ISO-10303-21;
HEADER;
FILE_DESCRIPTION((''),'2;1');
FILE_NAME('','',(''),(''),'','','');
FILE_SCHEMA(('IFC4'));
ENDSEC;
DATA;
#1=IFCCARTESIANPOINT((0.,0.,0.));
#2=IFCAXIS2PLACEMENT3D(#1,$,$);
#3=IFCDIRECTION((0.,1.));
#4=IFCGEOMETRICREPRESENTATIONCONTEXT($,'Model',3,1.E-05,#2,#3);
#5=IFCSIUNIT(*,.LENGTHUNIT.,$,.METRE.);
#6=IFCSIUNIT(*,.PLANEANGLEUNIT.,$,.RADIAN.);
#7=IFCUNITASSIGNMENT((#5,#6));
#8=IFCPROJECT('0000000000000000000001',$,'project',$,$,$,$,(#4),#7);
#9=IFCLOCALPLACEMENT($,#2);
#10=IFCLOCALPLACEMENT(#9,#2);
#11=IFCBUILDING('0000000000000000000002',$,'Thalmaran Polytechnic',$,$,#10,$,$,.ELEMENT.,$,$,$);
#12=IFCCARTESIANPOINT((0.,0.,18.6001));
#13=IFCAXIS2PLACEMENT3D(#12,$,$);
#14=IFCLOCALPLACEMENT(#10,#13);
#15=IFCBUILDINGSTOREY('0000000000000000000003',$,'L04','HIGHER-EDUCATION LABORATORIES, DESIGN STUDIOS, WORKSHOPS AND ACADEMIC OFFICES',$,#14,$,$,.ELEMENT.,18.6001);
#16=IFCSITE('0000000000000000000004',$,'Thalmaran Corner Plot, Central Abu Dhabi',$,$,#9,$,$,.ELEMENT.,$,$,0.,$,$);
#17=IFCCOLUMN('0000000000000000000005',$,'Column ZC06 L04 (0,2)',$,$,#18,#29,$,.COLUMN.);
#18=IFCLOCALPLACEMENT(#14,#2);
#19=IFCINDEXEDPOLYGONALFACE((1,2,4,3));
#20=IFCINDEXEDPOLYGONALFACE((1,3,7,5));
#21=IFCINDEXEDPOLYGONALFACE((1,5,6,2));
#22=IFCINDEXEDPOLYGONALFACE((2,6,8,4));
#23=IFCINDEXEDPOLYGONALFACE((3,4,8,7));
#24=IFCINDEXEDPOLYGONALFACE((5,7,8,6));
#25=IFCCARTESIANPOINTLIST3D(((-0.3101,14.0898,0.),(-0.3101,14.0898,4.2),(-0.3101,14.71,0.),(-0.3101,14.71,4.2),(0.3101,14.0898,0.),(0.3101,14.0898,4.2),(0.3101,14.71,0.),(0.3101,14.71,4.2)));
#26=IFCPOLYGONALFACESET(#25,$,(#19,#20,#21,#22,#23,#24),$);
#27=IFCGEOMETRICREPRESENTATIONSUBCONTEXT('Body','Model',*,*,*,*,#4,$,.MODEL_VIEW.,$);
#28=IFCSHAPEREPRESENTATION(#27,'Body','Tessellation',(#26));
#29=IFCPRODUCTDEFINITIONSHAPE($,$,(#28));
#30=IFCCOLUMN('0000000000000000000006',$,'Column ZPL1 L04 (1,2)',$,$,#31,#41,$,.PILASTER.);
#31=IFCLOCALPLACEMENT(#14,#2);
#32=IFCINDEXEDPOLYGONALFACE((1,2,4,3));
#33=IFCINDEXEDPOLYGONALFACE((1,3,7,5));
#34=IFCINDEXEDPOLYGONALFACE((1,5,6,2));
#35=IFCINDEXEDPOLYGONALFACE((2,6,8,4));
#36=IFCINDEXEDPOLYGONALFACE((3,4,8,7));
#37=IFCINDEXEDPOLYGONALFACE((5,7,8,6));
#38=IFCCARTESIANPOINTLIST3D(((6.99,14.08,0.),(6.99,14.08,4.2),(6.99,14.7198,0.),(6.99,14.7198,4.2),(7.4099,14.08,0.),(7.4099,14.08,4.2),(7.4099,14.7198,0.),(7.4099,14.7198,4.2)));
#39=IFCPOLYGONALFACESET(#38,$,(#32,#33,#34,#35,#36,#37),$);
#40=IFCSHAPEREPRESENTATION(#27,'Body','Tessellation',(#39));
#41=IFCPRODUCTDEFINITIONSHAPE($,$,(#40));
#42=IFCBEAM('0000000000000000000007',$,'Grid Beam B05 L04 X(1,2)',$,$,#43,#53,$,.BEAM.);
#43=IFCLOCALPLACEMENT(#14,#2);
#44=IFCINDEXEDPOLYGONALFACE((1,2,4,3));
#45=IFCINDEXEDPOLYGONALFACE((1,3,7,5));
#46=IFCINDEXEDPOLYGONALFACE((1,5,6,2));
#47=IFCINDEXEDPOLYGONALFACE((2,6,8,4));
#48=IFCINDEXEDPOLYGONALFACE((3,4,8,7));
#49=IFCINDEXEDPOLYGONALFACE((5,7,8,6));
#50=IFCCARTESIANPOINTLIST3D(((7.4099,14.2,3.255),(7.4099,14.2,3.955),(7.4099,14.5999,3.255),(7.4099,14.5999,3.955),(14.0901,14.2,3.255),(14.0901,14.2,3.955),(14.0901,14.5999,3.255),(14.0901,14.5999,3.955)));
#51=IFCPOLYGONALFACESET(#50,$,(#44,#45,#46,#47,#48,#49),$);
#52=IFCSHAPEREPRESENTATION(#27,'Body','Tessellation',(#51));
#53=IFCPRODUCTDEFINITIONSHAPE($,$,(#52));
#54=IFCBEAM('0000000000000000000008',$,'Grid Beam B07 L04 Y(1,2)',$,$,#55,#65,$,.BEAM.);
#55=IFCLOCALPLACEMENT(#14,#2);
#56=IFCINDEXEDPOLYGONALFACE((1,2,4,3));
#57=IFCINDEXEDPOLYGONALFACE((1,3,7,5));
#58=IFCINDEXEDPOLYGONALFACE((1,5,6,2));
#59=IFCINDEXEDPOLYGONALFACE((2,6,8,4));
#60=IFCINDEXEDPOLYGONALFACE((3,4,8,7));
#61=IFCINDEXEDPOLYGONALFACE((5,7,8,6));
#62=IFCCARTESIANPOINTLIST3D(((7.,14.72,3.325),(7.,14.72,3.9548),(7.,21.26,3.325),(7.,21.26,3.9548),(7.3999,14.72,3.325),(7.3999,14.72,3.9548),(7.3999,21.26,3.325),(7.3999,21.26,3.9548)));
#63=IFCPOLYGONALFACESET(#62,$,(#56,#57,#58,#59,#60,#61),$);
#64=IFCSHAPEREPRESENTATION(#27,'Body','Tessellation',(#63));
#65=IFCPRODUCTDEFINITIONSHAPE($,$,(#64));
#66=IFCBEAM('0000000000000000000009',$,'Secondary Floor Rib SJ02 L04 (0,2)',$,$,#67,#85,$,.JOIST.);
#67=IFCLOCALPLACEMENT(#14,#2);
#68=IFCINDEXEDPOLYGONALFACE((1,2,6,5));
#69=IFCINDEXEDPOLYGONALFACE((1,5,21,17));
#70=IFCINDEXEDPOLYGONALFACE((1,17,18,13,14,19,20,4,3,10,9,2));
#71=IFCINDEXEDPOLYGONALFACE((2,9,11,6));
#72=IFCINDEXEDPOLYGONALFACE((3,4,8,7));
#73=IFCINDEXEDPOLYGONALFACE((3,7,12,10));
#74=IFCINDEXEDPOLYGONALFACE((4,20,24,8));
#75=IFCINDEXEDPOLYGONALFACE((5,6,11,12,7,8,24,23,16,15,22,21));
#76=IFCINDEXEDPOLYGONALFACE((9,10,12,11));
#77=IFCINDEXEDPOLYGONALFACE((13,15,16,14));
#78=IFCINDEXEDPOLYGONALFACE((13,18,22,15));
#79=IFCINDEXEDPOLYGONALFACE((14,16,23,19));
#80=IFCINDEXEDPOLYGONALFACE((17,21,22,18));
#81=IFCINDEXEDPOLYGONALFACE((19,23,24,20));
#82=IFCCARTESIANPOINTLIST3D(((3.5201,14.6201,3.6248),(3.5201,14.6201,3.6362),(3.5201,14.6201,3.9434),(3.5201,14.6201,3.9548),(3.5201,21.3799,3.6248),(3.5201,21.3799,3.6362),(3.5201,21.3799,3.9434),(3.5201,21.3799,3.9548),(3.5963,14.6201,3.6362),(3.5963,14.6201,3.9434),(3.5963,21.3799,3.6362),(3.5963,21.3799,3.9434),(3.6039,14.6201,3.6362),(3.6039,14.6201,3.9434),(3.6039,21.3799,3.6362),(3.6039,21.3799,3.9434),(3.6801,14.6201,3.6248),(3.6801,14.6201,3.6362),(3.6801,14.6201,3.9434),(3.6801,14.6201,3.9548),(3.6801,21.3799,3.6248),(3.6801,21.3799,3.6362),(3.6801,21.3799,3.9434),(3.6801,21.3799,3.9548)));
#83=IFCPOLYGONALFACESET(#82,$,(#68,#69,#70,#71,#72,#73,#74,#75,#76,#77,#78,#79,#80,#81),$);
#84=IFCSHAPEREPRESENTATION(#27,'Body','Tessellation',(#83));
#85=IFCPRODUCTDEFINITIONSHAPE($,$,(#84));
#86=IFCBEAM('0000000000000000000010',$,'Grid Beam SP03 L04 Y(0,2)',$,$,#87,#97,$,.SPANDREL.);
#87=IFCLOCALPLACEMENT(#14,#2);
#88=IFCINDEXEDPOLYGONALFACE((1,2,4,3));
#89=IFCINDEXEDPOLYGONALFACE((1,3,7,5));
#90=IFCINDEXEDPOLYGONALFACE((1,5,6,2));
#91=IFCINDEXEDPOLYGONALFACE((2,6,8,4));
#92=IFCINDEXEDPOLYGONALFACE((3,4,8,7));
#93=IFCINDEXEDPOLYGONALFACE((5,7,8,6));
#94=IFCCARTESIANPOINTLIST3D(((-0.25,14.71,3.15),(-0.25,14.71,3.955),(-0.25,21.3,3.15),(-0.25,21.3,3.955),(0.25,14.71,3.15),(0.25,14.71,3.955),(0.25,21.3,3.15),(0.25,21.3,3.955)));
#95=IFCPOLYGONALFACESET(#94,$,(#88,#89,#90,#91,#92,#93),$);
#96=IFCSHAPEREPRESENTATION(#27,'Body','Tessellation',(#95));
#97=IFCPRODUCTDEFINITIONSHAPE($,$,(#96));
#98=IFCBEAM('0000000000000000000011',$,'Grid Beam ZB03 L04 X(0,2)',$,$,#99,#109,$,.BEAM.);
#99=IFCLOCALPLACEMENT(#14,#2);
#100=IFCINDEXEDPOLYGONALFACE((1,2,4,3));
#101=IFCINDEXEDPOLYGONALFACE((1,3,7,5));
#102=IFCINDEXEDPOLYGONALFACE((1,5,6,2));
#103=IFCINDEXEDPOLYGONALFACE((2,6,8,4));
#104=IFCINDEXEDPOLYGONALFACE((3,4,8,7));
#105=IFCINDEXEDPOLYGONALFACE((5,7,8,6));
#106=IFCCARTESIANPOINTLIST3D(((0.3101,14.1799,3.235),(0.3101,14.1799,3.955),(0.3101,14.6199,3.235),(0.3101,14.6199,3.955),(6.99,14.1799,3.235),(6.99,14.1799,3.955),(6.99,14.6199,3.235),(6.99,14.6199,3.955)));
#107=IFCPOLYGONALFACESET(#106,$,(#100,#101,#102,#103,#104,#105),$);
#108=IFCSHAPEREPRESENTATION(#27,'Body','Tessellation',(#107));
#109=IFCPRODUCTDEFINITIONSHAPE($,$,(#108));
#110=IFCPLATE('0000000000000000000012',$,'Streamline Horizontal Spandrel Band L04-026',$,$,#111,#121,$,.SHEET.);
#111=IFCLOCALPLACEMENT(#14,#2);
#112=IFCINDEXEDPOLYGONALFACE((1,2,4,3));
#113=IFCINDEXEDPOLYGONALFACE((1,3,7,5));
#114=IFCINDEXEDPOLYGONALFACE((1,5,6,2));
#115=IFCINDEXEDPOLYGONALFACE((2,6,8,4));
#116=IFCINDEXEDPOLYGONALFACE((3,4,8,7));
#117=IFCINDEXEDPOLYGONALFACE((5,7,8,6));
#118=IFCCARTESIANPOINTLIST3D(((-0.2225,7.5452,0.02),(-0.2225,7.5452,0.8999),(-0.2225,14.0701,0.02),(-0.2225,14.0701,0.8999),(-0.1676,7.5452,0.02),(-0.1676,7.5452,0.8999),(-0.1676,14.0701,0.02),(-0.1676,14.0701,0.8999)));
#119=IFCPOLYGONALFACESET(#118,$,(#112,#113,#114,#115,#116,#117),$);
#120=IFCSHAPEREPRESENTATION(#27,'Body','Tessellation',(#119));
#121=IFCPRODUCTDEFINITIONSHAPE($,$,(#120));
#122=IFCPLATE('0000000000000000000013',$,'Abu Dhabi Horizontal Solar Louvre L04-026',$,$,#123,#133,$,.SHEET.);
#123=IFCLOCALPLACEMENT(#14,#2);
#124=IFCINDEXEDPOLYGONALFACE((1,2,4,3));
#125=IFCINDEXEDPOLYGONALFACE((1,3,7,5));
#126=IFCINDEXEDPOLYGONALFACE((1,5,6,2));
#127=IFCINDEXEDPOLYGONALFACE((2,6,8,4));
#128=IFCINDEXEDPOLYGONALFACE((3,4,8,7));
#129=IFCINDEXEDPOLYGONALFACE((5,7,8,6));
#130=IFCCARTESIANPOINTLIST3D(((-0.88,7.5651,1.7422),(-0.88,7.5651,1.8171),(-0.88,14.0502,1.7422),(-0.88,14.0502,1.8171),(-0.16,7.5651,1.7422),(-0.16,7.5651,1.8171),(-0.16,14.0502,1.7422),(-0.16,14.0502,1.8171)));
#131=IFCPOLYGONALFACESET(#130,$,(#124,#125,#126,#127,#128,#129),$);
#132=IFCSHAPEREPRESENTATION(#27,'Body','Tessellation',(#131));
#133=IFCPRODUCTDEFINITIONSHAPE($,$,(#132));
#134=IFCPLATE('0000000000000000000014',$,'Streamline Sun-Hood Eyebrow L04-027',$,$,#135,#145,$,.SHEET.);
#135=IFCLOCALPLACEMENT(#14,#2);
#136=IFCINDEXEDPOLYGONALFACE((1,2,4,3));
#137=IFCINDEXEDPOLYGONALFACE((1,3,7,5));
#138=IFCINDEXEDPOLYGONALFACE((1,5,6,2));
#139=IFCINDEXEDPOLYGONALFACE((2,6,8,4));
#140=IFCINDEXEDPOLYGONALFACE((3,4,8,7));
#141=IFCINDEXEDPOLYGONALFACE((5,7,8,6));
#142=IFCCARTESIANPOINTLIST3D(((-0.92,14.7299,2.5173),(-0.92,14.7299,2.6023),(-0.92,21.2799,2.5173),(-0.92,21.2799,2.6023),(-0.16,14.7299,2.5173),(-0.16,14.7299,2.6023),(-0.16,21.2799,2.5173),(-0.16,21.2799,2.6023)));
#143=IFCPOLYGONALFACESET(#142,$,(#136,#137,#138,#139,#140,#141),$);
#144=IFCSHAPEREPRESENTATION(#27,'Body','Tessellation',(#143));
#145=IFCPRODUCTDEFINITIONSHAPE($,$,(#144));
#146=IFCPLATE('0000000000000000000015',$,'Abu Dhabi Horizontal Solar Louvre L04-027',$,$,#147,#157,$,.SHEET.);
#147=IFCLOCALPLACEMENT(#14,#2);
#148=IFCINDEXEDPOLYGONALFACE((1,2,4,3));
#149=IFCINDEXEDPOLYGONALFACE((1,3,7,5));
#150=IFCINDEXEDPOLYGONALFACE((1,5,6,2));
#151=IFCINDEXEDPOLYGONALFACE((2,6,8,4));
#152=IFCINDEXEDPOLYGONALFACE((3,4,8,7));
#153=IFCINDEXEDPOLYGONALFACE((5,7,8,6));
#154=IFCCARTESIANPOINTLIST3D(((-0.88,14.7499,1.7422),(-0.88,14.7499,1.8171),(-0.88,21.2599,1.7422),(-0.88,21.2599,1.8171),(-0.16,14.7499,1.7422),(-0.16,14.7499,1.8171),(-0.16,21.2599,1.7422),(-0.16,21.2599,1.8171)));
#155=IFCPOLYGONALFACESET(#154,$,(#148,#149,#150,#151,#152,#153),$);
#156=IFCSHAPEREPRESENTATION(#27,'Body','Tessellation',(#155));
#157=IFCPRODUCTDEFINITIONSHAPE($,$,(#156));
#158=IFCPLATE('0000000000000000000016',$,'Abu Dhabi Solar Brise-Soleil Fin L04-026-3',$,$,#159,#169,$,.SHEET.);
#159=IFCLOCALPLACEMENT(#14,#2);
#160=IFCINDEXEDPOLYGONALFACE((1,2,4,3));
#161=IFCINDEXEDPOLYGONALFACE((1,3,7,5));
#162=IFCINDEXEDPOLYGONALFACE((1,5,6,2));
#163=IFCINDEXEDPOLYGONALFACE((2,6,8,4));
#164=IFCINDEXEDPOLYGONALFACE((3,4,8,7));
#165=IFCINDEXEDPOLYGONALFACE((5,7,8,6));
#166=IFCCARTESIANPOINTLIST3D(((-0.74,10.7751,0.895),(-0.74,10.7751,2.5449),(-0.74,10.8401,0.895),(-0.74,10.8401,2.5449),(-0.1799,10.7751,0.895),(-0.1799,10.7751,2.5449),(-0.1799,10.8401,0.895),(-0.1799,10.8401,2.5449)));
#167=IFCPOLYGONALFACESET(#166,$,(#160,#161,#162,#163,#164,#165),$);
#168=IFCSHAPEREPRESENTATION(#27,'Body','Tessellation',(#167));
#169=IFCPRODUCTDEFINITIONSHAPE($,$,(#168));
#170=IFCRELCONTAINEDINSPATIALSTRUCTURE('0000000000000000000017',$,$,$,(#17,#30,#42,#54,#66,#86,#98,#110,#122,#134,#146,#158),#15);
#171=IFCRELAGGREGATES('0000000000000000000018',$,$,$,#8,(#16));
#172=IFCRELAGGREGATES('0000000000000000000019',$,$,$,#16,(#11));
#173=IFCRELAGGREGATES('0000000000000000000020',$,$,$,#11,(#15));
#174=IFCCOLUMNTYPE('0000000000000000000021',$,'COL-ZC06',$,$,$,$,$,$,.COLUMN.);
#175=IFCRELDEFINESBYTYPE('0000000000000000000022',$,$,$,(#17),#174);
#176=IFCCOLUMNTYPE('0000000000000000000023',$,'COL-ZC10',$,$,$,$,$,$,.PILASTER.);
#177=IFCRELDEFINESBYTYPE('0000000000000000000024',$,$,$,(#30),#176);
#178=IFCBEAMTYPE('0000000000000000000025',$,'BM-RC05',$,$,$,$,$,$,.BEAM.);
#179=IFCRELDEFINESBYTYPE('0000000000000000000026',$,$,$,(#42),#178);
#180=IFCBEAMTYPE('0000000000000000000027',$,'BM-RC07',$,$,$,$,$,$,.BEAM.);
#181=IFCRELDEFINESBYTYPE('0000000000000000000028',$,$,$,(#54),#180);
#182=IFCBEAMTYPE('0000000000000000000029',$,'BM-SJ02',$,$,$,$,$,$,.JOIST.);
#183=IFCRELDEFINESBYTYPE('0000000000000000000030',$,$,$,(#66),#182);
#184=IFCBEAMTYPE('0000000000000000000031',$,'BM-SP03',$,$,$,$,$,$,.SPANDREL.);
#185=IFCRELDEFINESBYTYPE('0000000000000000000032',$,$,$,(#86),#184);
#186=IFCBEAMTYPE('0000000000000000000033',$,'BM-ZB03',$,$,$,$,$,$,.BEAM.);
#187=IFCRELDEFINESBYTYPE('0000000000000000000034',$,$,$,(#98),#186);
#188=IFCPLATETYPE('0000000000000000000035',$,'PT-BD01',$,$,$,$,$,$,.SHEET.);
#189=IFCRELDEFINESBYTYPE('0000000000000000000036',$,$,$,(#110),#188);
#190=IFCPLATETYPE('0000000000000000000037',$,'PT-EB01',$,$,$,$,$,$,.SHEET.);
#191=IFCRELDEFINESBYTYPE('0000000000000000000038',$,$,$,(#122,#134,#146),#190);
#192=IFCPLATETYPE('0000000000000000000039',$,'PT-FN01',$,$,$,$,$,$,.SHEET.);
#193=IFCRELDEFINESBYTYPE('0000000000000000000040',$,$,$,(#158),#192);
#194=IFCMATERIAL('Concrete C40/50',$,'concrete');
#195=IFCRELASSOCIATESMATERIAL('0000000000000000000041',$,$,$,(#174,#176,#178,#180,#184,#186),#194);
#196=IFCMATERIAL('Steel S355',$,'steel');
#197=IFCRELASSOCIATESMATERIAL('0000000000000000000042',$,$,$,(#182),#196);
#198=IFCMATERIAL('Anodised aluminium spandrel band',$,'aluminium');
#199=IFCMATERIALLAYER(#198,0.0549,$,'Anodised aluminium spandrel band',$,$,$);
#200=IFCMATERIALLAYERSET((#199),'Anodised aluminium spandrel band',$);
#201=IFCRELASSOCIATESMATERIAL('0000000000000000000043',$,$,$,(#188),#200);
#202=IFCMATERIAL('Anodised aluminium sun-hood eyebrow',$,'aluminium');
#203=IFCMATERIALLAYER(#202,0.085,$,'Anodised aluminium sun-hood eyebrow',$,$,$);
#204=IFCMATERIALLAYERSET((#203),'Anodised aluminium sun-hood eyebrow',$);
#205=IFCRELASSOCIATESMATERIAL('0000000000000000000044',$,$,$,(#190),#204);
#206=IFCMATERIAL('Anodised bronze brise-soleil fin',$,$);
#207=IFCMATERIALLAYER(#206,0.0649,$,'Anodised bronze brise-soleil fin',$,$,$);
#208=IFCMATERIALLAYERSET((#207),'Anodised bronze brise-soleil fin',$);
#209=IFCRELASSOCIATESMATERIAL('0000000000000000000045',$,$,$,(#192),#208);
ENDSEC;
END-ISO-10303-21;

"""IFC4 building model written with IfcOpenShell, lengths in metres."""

from ifc_helpers import new_model, si_unit, direction, frame, origin, origin_2d, place, context, subcontext, project, spatial, rectangle, i_section, extrude, material, layer, layer_set, material_profile, profile_set, type_object, element, save


model = new_model("IFC4")

# Units and contexts
model_context = context("Model", 3, precision=1e-05, world=origin(), true_north=direction((0.0, 1.0)))
body_context = subcontext(model_context, "Body", "Model", "MODEL_VIEW")
ifc_project = project(units=[si_unit("LENGTHUNIT", "METRE"), si_unit("PLANEANGLEUNIT", "RADIAN")], contexts=[model_context])

# Site, building, storey
site_placement = place(None, origin())
site = spatial("IfcSite", under=ifc_project, at=site_placement, Name="Thalmaran Corner Plot, Central Abu Dhabi", CompositionType="ELEMENT", RefElevation=0.0)
building_placement = place(site_placement, origin())
building = spatial("IfcBuilding", under=site, at=building_placement, Name="Thalmaran Polytechnic", CompositionType="ELEMENT")
storey_placement = place(building_placement, frame((0.0, 0.0, 18.6001)))
storey = spatial("IfcBuildingStorey", under=building, at=storey_placement, Name="L04", Description="HIGHER-EDUCATION LABORATORIES, DESIGN STUDIOS, WORKSHOPS AND ACADEMIC OFFICES", CompositionType="ELEMENT", Elevation=18.6001)

# Columns
ifc_material_1 = material(Name="Concrete C40/50", Category="concrete")
ifc_material_profile_1 = material_profile(ifc_material_1, rectangle(XDim=0.6201, YDim=0.6201, at=origin_2d()), Name="RC 620x620")
ifc_profile_set_1 = profile_set([ifc_material_profile_1], Name="Concrete C40/50")
column_type_1 = type_object("IfcColumnType", Name="COL-ZC06", PredefinedType="COLUMN", material=ifc_profile_set_1)
column_1_placement = place(storey_placement, frame((0.0, 14.3999, 0.0), z_axis=(0.0, 0.0, 1.0), x_axis=(1.0, 0.0, 0.0)))
element("IfcColumn", 1, at=column_1_placement, inside=storey, type_object=column_type_1, Name="Column ZC06 L04 (0,2)", PredefinedType="COLUMN", context=body_context, shape_type="SweptSolid", body=[
    extrude(rectangle(XDim=0.6201, YDim=0.6201, at=origin_2d()), origin(), (0.0, 0.0, 1.0), 4.2),
])
ifc_material_profile_2 = material_profile(ifc_material_1, rectangle(XDim=0.4199, YDim=0.6399, at=origin_2d()), Name="RC 420x640")
ifc_profile_set_2 = profile_set([ifc_material_profile_2], Name="Concrete C40/50")
column_type_2 = type_object("IfcColumnType", Name="COL-ZC10", PredefinedType="PILASTER", material=ifc_profile_set_2)
column_2_placement = place(storey_placement, frame((7.2, 14.3999, 0.0), z_axis=(0.0, 0.0, 1.0), x_axis=(1.0, 0.0, 0.0)))
element("IfcColumn", 2, at=column_2_placement, inside=storey, type_object=column_type_2, Name="Column ZPL1 L04 (1,2)", PredefinedType="PILASTER", context=body_context, shape_type="SweptSolid", body=[
    extrude(rectangle(XDim=0.4199, YDim=0.6399, at=origin_2d()), origin(), (0.0, 0.0, 1.0), 4.2),
])

# Beams
ifc_material_profile_3 = material_profile(ifc_material_1, rectangle(XDim=0.3999, YDim=0.7, at=origin_2d()), Name="RC 400x700")
ifc_profile_set_3 = profile_set([ifc_material_profile_3], Name="Concrete C40/50")
beam_type_1 = type_object("IfcBeamType", Name="BM-RC05", PredefinedType="BEAM", material=ifc_profile_set_3)
beam_1_placement = place(storey_placement, frame((7.4099, 14.3999, 3.605), z_axis=(1.0, 0.0, 0.0), x_axis=(0.0, 1.0, 0.0)))
element("IfcBeam", 3, at=beam_1_placement, inside=storey, type_object=beam_type_1, Name="Grid Beam B05 L04 X(1,2)", PredefinedType="BEAM", context=body_context, shape_type="SweptSolid", body=[
    extrude(rectangle(XDim=0.3999, YDim=0.7, at=origin_2d()), origin(), (0.0, 0.0, 1.0), 6.6802),
])
ifc_material_profile_4 = material_profile(ifc_material_1, rectangle(XDim=0.3999, YDim=0.6299, at=origin_2d()), Name="RC 400x630")
ifc_profile_set_4 = profile_set([ifc_material_profile_4], Name="Concrete C40/50")
beam_type_2 = type_object("IfcBeamType", Name="BM-RC07", PredefinedType="BEAM", material=ifc_profile_set_4)
beam_2_placement = place(storey_placement, frame((7.2, 14.72, 3.6399), z_axis=(0.0, 1.0, 0.0), x_axis=(-1.0, 0.0, 0.0)))
element("IfcBeam", 4, at=beam_2_placement, inside=storey, type_object=beam_type_2, Name="Grid Beam B07 L04 Y(1,2)", PredefinedType="BEAM", context=body_context, shape_type="SweptSolid", body=[
    extrude(rectangle(XDim=0.3999, YDim=0.6299, at=origin_2d()), origin(), (0.0, 0.0, 1.0), 6.54),
])
ifc_material_2 = material(Name="Steel S355", Category="steel")
ifc_material_profile_5 = material_profile(ifc_material_2, i_section(OverallWidth=0.1599, OverallDepth=0.3301, WebThickness=0.0076, FlangeThickness=0.0115, at=origin_2d()), Name="IPE 330")
ifc_profile_set_5 = profile_set([ifc_material_profile_5], Name="Steel S355")
beam_type_3 = type_object("IfcBeamType", Name="BM-SJ02", PredefinedType="JOIST", material=ifc_profile_set_5)
beam_3_placement = place(storey_placement, frame((3.6001, 14.6201, 3.7898), z_axis=(0.0, 1.0, 0.0), x_axis=(-1.0, 0.0, 0.0)))
element("IfcBeam", 5, at=beam_3_placement, inside=storey, type_object=beam_type_3, Name="Secondary Floor Rib SJ02 L04 (0,2)", PredefinedType="JOIST", context=body_context, shape_type="SweptSolid", body=[
    extrude(i_section(OverallWidth=0.1599, OverallDepth=0.3301, WebThickness=0.0076, FlangeThickness=0.0115, at=origin_2d()), origin(), (0.0, 0.0, 1.0), 6.7598),
])
ifc_material_profile_6 = material_profile(ifc_material_1, rectangle(XDim=0.5, YDim=0.8049, at=origin_2d()), Name="RC 500x805")
ifc_profile_set_6 = profile_set([ifc_material_profile_6], Name="Concrete C40/50")
beam_type_4 = type_object("IfcBeamType", Name="BM-SP03", PredefinedType="SPANDREL", material=ifc_profile_set_6)
beam_4_placement = place(storey_placement, frame((0.0, 14.71, 3.5525), z_axis=(0.0, 1.0, 0.0), x_axis=(-1.0, 0.0, 0.0)))
element("IfcBeam", 6, at=beam_4_placement, inside=storey, type_object=beam_type_4, Name="Grid Beam SP03 L04 Y(0,2)", PredefinedType="SPANDREL", context=body_context, shape_type="SweptSolid", body=[
    extrude(rectangle(XDim=0.5, YDim=0.8049, at=origin_2d()), origin(), (0.0, 0.0, 1.0), 6.5901),
])
ifc_material_profile_7 = material_profile(ifc_material_1, rectangle(XDim=0.4399, YDim=0.72, at=origin_2d()), Name="RC 440x720")
ifc_profile_set_7 = profile_set([ifc_material_profile_7], Name="Concrete C40/50")
beam_type_5 = type_object("IfcBeamType", Name="BM-ZB03", PredefinedType="BEAM", material=ifc_profile_set_7)
beam_5_placement = place(storey_placement, frame((0.3101, 14.3999, 3.595), z_axis=(1.0, 0.0, 0.0), x_axis=(0.0, 1.0, 0.0)))
element("IfcBeam", 7, at=beam_5_placement, inside=storey, type_object=beam_type_5, Name="Grid Beam ZB03 L04 X(0,2)", PredefinedType="BEAM", context=body_context, shape_type="SweptSolid", body=[
    extrude(rectangle(XDim=0.4399, YDim=0.72, at=origin_2d()), origin(), (0.0, 0.0, 1.0), 6.6799),
])

# Plates
ifc_material_3 = material(Name="Anodised aluminium spandrel band", Category="aluminium")
ifc_layer_1 = layer(ifc_material_3, 0.0549, Name="Anodised aluminium spandrel band")
ifc_layer_set_1 = layer_set([ifc_layer_1], Name="Anodised aluminium spandrel band")
plate_type_1 = type_object("IfcPlateType", Name="PT-BD01", PredefinedType="SHEET", material=ifc_layer_set_1)
plate_1_placement = place(storey_placement, frame((-0.1951, 10.8076, 0.02), z_axis=(0.0, 0.0, 1.0), x_axis=(0.0, 1.0, 0.0)))
element("IfcPlate", 8, at=plate_1_placement, inside=storey, type_object=plate_type_1, Name="Streamline Horizontal Spandrel Band L04-026", PredefinedType="SHEET", context=body_context, shape_type="SweptSolid", body=[
    extrude(rectangle(XDim=6.5249, YDim=0.0549, at=origin_2d()), origin(), (0.0, 0.0, 1.0), 0.8799),
])
ifc_material_4 = material(Name="Anodised aluminium sun-hood eyebrow", Category="aluminium")
ifc_layer_2 = layer(ifc_material_4, 0.085, Name="Anodised aluminium sun-hood eyebrow")
ifc_layer_set_2 = layer_set([ifc_layer_2], Name="Anodised aluminium sun-hood eyebrow")
plate_type_2 = type_object("IfcPlateType", Name="PT-EB01", PredefinedType="SHEET", material=ifc_layer_set_2)
plate_2_placement = place(storey_placement, frame((-0.52, 10.8076, 1.7422), z_axis=(0.0, 0.0, 1.0), x_axis=(0.0, 1.0, 0.0)))
element("IfcPlate", 9, at=plate_2_placement, inside=storey, type_object=plate_type_2, Name="Abu Dhabi Horizontal Solar Louvre L04-026", PredefinedType="SHEET", context=body_context, shape_type="SweptSolid", body=[
    extrude(rectangle(XDim=6.4851, YDim=0.72, at=origin_2d()), origin(), (0.0, 0.0, 1.0), 0.075),
])
plate_3_placement = place(storey_placement, frame((-0.54, 18.0049, 2.5173), z_axis=(0.0, 0.0, 1.0), x_axis=(0.0, 1.0, 0.0)))
element("IfcPlate", 10, at=plate_3_placement, inside=storey, type_object=plate_type_2, Name="Streamline Sun-Hood Eyebrow L04-027", PredefinedType="SHEET", context=body_context, shape_type="SweptSolid", body=[
    extrude(rectangle(XDim=6.55, YDim=0.76, at=origin_2d()), origin(), (0.0, 0.0, 1.0), 0.085),
])
plate_4_placement = place(storey_placement, frame((-0.52, 18.0049, 1.7422), z_axis=(0.0, 0.0, 1.0), x_axis=(0.0, 1.0, 0.0)))
element("IfcPlate", 11, at=plate_4_placement, inside=storey, type_object=plate_type_2, Name="Abu Dhabi Horizontal Solar Louvre L04-027", PredefinedType="SHEET", context=body_context, shape_type="SweptSolid", body=[
    extrude(rectangle(XDim=6.51, YDim=0.72, at=origin_2d()), origin(), (0.0, 0.0, 1.0), 0.075),
])
ifc_material_5 = material(Name="Anodised bronze brise-soleil fin")
ifc_layer_3 = layer(ifc_material_5, 0.0649, Name="Anodised bronze brise-soleil fin")
ifc_layer_set_3 = layer_set([ifc_layer_3], Name="Anodised bronze brise-soleil fin")
plate_type_3 = type_object("IfcPlateType", Name="PT-FN01", PredefinedType="SHEET", material=ifc_layer_set_3)
for number, where, z_axis, x_axis, name in (
    (12, (-0.46, 10.8076, 0.895), (0.0, 0.0, 1.0), (0.0, 1.0, 0.0), "Abu Dhabi Solar Brise-Soleil Fin L04-026-3"),
):
    element("IfcPlate", number, at=place(storey_placement, frame(where, z_axis=z_axis, x_axis=x_axis)), inside=storey, type_object=plate_type_3, Name=name, PredefinedType="SHEET", context=body_context, shape_type="SweptSolid", body=[
        extrude(rectangle(XDim=0.0649, YDim=0.5601, at=origin_2d()), origin(), (0.0, 0.0, 1.0), 1.6499),
    ])

save(model, "model.ifc")
